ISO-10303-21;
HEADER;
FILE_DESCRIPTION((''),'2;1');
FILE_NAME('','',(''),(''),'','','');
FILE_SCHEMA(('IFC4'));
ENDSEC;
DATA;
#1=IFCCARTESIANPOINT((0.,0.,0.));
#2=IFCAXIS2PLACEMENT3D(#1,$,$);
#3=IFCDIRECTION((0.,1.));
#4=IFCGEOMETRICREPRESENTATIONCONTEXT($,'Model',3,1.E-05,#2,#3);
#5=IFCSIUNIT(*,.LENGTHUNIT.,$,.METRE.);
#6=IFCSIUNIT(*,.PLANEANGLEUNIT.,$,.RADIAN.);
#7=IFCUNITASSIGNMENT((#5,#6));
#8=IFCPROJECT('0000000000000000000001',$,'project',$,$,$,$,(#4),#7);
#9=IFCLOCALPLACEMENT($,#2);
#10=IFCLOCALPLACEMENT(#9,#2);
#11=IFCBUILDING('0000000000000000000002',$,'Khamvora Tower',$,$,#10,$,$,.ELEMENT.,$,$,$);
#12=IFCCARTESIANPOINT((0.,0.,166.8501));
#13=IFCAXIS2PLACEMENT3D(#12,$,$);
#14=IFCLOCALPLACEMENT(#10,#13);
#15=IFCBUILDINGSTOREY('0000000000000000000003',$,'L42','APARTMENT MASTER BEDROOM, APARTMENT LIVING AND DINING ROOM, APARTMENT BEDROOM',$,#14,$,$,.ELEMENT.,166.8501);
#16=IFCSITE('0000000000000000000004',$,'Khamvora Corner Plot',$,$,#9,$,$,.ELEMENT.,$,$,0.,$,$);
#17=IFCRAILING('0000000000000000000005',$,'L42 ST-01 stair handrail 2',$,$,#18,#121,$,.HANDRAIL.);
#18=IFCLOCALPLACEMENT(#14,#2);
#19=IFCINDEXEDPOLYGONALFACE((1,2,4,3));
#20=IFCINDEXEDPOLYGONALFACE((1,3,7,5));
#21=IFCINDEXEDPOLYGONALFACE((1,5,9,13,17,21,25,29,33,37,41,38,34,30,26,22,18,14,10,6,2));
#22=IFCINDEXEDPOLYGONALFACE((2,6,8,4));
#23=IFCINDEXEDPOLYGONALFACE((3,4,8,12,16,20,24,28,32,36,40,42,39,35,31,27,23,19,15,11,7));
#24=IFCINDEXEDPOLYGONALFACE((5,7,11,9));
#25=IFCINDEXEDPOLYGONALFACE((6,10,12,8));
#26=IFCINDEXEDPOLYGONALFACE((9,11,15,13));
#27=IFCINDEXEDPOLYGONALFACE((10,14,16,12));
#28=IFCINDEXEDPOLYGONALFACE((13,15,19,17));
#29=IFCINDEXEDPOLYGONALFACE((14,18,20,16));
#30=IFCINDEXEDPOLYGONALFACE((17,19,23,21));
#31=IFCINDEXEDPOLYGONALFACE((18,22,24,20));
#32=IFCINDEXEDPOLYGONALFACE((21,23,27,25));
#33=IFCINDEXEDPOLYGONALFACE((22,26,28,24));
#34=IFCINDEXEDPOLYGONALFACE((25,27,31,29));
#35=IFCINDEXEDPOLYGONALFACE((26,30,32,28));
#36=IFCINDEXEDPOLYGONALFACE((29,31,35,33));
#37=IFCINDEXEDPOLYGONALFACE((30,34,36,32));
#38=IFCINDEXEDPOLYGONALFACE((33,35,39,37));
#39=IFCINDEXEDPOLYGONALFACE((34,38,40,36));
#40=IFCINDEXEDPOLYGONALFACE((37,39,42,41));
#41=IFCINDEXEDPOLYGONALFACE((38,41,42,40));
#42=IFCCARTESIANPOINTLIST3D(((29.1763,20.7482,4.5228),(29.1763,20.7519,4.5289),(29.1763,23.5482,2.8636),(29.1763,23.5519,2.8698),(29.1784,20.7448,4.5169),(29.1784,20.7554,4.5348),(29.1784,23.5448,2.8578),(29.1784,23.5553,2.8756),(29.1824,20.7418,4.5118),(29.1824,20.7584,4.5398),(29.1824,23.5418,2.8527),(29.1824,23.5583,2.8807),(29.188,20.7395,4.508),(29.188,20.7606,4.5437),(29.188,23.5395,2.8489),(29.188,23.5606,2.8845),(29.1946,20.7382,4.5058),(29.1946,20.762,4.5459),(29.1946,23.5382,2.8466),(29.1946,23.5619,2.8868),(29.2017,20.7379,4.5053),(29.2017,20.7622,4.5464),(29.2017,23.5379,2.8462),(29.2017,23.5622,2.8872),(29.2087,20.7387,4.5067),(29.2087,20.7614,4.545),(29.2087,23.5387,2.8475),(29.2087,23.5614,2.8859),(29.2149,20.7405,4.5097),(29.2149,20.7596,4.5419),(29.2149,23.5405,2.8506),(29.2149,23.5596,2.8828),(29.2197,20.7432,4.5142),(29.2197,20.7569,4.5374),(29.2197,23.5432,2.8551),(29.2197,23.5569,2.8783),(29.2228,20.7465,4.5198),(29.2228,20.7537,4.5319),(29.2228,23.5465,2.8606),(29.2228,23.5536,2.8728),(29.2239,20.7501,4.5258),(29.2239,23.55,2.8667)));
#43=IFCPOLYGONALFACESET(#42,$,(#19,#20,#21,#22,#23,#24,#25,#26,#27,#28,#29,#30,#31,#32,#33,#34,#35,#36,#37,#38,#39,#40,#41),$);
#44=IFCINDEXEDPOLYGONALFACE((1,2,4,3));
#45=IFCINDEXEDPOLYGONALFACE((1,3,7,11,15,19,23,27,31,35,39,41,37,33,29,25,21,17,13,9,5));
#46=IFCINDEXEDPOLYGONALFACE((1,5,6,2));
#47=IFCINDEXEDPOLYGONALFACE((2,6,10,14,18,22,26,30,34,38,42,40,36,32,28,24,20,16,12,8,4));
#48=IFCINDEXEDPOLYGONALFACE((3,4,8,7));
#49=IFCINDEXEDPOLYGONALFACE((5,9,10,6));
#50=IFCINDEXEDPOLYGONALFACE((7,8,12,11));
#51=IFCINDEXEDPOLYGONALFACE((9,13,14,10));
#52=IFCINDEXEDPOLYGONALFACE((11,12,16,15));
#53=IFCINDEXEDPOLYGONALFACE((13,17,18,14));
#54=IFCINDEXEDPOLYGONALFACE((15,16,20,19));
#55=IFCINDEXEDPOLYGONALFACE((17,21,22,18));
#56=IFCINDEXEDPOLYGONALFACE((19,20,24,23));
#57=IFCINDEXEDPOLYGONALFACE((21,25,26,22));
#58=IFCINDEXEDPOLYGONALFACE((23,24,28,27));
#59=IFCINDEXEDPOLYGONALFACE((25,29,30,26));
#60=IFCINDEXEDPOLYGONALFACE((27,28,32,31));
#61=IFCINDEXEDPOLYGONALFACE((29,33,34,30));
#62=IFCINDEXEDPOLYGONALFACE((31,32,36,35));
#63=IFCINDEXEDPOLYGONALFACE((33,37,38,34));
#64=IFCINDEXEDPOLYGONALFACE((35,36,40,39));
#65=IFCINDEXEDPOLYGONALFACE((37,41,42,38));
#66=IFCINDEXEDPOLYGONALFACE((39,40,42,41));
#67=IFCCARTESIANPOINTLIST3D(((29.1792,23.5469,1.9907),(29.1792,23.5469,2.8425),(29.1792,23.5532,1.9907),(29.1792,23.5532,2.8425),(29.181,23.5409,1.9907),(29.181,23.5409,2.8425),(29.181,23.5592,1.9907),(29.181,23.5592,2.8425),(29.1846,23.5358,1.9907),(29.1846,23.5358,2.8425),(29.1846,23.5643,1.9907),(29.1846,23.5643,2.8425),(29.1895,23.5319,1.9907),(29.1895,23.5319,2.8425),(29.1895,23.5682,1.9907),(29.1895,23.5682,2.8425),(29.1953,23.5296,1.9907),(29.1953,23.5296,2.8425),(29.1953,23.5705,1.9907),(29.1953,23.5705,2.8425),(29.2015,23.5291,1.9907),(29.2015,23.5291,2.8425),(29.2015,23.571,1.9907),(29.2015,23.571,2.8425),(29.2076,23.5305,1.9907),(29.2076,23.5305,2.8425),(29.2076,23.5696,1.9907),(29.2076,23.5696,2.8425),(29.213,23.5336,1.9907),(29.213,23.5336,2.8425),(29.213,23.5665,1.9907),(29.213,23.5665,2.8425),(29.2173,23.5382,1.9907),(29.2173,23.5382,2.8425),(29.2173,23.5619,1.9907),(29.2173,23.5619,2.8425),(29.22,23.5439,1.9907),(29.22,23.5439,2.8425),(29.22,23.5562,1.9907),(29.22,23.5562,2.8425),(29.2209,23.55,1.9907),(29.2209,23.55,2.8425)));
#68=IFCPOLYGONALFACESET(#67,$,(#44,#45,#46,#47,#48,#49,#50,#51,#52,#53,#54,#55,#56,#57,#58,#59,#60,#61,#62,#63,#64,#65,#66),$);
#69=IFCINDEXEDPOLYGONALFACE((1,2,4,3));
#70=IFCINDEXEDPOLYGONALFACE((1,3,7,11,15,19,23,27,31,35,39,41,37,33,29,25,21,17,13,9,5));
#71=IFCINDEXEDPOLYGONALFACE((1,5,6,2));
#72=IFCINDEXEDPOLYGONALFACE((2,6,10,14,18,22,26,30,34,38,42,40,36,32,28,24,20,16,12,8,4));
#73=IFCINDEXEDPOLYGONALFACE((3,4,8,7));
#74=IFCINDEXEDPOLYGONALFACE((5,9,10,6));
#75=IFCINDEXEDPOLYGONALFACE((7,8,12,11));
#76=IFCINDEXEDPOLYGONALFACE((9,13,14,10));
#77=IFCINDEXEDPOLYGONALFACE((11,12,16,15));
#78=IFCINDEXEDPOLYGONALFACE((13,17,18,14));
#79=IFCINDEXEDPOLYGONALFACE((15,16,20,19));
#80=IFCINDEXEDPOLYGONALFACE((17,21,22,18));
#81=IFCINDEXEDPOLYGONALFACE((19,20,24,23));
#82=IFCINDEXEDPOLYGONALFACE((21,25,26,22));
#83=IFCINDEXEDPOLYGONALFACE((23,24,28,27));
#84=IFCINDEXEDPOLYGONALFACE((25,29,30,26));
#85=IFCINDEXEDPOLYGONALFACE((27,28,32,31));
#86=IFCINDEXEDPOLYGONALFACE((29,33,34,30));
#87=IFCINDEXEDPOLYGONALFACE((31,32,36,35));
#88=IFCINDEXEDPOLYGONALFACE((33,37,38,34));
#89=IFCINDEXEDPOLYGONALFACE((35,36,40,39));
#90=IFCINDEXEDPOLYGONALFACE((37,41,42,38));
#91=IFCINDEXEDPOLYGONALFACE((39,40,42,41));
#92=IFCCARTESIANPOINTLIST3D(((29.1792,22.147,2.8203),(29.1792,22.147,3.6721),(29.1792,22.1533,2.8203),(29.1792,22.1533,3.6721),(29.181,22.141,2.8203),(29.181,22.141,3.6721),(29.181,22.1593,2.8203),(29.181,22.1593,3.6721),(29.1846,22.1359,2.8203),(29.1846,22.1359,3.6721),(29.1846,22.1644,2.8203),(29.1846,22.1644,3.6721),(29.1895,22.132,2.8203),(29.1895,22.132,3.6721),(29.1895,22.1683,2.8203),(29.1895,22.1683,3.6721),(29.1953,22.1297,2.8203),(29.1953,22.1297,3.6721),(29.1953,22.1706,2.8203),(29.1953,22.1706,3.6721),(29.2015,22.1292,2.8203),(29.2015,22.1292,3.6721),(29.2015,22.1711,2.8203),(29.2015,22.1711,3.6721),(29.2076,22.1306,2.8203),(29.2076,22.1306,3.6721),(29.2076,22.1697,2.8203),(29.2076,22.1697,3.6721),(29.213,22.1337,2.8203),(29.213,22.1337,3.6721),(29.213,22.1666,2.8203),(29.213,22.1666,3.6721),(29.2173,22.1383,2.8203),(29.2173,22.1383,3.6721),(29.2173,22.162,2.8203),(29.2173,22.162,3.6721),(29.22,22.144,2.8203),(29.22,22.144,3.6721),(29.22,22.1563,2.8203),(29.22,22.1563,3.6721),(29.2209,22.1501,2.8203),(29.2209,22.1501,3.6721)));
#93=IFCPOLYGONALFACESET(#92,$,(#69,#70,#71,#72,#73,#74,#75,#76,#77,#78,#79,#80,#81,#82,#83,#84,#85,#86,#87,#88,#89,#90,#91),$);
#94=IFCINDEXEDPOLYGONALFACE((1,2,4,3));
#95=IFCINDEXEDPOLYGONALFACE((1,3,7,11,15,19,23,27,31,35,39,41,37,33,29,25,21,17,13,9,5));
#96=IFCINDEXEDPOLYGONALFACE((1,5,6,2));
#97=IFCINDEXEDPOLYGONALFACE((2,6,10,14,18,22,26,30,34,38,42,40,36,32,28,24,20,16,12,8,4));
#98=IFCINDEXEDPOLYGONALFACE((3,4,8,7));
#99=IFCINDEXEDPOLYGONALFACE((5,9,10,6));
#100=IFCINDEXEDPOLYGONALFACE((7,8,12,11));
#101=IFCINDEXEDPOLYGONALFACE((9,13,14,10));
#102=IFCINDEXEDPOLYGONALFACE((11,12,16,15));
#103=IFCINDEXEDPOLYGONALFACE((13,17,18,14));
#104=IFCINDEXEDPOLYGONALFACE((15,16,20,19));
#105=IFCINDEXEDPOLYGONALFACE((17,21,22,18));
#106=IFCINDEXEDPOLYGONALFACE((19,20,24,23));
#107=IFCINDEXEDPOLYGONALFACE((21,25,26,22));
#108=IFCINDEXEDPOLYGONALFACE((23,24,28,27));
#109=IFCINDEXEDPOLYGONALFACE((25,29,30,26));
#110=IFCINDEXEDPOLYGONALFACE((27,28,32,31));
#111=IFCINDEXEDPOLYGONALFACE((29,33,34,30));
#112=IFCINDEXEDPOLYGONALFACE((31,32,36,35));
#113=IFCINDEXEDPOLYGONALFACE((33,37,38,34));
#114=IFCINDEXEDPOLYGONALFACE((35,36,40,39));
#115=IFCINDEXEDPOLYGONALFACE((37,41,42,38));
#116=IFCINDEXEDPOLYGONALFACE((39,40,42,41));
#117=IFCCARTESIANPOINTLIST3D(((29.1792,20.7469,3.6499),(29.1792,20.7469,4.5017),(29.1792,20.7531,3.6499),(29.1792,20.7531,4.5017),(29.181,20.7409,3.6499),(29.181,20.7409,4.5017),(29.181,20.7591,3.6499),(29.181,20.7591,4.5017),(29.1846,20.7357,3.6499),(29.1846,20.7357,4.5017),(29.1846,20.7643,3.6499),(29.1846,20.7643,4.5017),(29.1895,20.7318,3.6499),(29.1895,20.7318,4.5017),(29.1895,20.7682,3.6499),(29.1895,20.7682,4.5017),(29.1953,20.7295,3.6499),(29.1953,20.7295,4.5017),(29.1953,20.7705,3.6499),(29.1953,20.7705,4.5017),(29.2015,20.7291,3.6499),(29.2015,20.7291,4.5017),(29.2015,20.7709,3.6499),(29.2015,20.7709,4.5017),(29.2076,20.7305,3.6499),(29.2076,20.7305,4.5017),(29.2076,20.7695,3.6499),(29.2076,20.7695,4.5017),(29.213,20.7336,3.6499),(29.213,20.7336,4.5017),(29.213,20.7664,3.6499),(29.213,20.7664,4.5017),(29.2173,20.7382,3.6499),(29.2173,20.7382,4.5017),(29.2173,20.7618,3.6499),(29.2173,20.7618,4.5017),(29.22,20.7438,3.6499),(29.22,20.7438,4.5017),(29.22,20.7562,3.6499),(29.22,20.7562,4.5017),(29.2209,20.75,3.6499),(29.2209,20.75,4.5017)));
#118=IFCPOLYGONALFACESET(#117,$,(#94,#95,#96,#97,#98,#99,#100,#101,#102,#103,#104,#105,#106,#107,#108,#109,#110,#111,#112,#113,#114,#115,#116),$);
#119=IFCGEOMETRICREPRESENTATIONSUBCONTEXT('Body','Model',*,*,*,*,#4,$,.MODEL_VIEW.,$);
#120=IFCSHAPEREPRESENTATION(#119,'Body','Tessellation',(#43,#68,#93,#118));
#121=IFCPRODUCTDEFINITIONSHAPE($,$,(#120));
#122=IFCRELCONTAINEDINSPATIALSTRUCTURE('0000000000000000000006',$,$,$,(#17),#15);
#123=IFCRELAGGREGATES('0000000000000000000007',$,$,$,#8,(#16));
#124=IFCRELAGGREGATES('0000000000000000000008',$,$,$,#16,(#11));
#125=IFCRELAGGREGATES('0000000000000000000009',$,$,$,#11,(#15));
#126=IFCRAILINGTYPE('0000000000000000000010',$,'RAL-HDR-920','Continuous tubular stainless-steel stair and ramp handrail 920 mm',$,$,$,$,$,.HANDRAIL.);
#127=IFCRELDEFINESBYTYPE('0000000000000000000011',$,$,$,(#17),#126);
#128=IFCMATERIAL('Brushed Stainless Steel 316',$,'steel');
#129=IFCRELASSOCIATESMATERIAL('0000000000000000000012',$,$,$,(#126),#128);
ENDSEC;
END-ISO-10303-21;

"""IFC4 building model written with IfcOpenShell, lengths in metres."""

from ifc_helpers import new_model, si_unit, direction, frame, origin, origin_2d, place, context, subcontext, project, spatial, circle, extrude, material, type_object, element, save


model = new_model("IFC4")

# Units and contexts
model_context = context("Model", 3, precision=1e-05, world=origin(), true_north=direction((0.0, 1.0)))
body_context = subcontext(model_context, "Body", "Model", "MODEL_VIEW")
ifc_project = project(units=[si_unit("LENGTHUNIT", "METRE"), si_unit("PLANEANGLEUNIT", "RADIAN")], contexts=[model_context])

# Site, building, storey
site_placement = place(None, origin())
site = spatial("IfcSite", under=ifc_project, at=site_placement, Name="Khamvora Corner Plot", CompositionType="ELEMENT", RefElevation=0.0)
building_placement = place(site_placement, origin())
building = spatial("IfcBuilding", under=site, at=building_placement, Name="Khamvora Tower", CompositionType="ELEMENT")
storey_placement = place(building_placement, frame((0.0, 0.0, 166.8501)))
storey = spatial("IfcBuildingStorey", under=building, at=storey_placement, Name="L42", Description="APARTMENT MASTER BEDROOM, APARTMENT LIVING AND DINING ROOM, APARTMENT BEDROOM", CompositionType="ELEMENT", Elevation=166.8501)

# Railing
ifc_material_1 = material(Name="Brushed Stainless Steel 316", Category="steel")
railing_type_1 = type_object("IfcRailingType", Name="RAL-HDR-920", Description="Continuous tubular stainless-steel stair and ramp handrail 920 mm", PredefinedType="HANDRAIL", material=ifc_material_1)
railing_1_placement = place(storey_placement, frame((29.2, 23.55, 1.9907)))
element("IfcRailing", 1, at=railing_1_placement, inside=storey, type_object=railing_type_1, Name="L42 ST-01 stair handrail 2", PredefinedType="HANDRAIL", context=body_context, shape_type="SweptSolid", body=[
    extrude(circle(Radius=0.0239, at=origin_2d()), frame((0.0, 0.0, 0.876), z_axis=(0.0, -0.860306, 0.509778), x_axis=(1.0, 0.0, 0.0)), (0.0, 0.0, 1.0), 3.2546),
    extrude(circle(Radius=0.021, at=origin_2d()), origin(), (0.0, 0.0, 1.0), 0.8518),
    extrude(circle(Radius=0.021, at=origin_2d()), frame((0.0, -1.3999, 0.8296)), (0.0, 0.0, 1.0), 0.8518),
    extrude(circle(Radius=0.021, at=origin_2d()), frame((0.0, -2.8, 1.6592)), (0.0, 0.0, 1.0), 0.8518),
])

save(model, "model.ifc")
